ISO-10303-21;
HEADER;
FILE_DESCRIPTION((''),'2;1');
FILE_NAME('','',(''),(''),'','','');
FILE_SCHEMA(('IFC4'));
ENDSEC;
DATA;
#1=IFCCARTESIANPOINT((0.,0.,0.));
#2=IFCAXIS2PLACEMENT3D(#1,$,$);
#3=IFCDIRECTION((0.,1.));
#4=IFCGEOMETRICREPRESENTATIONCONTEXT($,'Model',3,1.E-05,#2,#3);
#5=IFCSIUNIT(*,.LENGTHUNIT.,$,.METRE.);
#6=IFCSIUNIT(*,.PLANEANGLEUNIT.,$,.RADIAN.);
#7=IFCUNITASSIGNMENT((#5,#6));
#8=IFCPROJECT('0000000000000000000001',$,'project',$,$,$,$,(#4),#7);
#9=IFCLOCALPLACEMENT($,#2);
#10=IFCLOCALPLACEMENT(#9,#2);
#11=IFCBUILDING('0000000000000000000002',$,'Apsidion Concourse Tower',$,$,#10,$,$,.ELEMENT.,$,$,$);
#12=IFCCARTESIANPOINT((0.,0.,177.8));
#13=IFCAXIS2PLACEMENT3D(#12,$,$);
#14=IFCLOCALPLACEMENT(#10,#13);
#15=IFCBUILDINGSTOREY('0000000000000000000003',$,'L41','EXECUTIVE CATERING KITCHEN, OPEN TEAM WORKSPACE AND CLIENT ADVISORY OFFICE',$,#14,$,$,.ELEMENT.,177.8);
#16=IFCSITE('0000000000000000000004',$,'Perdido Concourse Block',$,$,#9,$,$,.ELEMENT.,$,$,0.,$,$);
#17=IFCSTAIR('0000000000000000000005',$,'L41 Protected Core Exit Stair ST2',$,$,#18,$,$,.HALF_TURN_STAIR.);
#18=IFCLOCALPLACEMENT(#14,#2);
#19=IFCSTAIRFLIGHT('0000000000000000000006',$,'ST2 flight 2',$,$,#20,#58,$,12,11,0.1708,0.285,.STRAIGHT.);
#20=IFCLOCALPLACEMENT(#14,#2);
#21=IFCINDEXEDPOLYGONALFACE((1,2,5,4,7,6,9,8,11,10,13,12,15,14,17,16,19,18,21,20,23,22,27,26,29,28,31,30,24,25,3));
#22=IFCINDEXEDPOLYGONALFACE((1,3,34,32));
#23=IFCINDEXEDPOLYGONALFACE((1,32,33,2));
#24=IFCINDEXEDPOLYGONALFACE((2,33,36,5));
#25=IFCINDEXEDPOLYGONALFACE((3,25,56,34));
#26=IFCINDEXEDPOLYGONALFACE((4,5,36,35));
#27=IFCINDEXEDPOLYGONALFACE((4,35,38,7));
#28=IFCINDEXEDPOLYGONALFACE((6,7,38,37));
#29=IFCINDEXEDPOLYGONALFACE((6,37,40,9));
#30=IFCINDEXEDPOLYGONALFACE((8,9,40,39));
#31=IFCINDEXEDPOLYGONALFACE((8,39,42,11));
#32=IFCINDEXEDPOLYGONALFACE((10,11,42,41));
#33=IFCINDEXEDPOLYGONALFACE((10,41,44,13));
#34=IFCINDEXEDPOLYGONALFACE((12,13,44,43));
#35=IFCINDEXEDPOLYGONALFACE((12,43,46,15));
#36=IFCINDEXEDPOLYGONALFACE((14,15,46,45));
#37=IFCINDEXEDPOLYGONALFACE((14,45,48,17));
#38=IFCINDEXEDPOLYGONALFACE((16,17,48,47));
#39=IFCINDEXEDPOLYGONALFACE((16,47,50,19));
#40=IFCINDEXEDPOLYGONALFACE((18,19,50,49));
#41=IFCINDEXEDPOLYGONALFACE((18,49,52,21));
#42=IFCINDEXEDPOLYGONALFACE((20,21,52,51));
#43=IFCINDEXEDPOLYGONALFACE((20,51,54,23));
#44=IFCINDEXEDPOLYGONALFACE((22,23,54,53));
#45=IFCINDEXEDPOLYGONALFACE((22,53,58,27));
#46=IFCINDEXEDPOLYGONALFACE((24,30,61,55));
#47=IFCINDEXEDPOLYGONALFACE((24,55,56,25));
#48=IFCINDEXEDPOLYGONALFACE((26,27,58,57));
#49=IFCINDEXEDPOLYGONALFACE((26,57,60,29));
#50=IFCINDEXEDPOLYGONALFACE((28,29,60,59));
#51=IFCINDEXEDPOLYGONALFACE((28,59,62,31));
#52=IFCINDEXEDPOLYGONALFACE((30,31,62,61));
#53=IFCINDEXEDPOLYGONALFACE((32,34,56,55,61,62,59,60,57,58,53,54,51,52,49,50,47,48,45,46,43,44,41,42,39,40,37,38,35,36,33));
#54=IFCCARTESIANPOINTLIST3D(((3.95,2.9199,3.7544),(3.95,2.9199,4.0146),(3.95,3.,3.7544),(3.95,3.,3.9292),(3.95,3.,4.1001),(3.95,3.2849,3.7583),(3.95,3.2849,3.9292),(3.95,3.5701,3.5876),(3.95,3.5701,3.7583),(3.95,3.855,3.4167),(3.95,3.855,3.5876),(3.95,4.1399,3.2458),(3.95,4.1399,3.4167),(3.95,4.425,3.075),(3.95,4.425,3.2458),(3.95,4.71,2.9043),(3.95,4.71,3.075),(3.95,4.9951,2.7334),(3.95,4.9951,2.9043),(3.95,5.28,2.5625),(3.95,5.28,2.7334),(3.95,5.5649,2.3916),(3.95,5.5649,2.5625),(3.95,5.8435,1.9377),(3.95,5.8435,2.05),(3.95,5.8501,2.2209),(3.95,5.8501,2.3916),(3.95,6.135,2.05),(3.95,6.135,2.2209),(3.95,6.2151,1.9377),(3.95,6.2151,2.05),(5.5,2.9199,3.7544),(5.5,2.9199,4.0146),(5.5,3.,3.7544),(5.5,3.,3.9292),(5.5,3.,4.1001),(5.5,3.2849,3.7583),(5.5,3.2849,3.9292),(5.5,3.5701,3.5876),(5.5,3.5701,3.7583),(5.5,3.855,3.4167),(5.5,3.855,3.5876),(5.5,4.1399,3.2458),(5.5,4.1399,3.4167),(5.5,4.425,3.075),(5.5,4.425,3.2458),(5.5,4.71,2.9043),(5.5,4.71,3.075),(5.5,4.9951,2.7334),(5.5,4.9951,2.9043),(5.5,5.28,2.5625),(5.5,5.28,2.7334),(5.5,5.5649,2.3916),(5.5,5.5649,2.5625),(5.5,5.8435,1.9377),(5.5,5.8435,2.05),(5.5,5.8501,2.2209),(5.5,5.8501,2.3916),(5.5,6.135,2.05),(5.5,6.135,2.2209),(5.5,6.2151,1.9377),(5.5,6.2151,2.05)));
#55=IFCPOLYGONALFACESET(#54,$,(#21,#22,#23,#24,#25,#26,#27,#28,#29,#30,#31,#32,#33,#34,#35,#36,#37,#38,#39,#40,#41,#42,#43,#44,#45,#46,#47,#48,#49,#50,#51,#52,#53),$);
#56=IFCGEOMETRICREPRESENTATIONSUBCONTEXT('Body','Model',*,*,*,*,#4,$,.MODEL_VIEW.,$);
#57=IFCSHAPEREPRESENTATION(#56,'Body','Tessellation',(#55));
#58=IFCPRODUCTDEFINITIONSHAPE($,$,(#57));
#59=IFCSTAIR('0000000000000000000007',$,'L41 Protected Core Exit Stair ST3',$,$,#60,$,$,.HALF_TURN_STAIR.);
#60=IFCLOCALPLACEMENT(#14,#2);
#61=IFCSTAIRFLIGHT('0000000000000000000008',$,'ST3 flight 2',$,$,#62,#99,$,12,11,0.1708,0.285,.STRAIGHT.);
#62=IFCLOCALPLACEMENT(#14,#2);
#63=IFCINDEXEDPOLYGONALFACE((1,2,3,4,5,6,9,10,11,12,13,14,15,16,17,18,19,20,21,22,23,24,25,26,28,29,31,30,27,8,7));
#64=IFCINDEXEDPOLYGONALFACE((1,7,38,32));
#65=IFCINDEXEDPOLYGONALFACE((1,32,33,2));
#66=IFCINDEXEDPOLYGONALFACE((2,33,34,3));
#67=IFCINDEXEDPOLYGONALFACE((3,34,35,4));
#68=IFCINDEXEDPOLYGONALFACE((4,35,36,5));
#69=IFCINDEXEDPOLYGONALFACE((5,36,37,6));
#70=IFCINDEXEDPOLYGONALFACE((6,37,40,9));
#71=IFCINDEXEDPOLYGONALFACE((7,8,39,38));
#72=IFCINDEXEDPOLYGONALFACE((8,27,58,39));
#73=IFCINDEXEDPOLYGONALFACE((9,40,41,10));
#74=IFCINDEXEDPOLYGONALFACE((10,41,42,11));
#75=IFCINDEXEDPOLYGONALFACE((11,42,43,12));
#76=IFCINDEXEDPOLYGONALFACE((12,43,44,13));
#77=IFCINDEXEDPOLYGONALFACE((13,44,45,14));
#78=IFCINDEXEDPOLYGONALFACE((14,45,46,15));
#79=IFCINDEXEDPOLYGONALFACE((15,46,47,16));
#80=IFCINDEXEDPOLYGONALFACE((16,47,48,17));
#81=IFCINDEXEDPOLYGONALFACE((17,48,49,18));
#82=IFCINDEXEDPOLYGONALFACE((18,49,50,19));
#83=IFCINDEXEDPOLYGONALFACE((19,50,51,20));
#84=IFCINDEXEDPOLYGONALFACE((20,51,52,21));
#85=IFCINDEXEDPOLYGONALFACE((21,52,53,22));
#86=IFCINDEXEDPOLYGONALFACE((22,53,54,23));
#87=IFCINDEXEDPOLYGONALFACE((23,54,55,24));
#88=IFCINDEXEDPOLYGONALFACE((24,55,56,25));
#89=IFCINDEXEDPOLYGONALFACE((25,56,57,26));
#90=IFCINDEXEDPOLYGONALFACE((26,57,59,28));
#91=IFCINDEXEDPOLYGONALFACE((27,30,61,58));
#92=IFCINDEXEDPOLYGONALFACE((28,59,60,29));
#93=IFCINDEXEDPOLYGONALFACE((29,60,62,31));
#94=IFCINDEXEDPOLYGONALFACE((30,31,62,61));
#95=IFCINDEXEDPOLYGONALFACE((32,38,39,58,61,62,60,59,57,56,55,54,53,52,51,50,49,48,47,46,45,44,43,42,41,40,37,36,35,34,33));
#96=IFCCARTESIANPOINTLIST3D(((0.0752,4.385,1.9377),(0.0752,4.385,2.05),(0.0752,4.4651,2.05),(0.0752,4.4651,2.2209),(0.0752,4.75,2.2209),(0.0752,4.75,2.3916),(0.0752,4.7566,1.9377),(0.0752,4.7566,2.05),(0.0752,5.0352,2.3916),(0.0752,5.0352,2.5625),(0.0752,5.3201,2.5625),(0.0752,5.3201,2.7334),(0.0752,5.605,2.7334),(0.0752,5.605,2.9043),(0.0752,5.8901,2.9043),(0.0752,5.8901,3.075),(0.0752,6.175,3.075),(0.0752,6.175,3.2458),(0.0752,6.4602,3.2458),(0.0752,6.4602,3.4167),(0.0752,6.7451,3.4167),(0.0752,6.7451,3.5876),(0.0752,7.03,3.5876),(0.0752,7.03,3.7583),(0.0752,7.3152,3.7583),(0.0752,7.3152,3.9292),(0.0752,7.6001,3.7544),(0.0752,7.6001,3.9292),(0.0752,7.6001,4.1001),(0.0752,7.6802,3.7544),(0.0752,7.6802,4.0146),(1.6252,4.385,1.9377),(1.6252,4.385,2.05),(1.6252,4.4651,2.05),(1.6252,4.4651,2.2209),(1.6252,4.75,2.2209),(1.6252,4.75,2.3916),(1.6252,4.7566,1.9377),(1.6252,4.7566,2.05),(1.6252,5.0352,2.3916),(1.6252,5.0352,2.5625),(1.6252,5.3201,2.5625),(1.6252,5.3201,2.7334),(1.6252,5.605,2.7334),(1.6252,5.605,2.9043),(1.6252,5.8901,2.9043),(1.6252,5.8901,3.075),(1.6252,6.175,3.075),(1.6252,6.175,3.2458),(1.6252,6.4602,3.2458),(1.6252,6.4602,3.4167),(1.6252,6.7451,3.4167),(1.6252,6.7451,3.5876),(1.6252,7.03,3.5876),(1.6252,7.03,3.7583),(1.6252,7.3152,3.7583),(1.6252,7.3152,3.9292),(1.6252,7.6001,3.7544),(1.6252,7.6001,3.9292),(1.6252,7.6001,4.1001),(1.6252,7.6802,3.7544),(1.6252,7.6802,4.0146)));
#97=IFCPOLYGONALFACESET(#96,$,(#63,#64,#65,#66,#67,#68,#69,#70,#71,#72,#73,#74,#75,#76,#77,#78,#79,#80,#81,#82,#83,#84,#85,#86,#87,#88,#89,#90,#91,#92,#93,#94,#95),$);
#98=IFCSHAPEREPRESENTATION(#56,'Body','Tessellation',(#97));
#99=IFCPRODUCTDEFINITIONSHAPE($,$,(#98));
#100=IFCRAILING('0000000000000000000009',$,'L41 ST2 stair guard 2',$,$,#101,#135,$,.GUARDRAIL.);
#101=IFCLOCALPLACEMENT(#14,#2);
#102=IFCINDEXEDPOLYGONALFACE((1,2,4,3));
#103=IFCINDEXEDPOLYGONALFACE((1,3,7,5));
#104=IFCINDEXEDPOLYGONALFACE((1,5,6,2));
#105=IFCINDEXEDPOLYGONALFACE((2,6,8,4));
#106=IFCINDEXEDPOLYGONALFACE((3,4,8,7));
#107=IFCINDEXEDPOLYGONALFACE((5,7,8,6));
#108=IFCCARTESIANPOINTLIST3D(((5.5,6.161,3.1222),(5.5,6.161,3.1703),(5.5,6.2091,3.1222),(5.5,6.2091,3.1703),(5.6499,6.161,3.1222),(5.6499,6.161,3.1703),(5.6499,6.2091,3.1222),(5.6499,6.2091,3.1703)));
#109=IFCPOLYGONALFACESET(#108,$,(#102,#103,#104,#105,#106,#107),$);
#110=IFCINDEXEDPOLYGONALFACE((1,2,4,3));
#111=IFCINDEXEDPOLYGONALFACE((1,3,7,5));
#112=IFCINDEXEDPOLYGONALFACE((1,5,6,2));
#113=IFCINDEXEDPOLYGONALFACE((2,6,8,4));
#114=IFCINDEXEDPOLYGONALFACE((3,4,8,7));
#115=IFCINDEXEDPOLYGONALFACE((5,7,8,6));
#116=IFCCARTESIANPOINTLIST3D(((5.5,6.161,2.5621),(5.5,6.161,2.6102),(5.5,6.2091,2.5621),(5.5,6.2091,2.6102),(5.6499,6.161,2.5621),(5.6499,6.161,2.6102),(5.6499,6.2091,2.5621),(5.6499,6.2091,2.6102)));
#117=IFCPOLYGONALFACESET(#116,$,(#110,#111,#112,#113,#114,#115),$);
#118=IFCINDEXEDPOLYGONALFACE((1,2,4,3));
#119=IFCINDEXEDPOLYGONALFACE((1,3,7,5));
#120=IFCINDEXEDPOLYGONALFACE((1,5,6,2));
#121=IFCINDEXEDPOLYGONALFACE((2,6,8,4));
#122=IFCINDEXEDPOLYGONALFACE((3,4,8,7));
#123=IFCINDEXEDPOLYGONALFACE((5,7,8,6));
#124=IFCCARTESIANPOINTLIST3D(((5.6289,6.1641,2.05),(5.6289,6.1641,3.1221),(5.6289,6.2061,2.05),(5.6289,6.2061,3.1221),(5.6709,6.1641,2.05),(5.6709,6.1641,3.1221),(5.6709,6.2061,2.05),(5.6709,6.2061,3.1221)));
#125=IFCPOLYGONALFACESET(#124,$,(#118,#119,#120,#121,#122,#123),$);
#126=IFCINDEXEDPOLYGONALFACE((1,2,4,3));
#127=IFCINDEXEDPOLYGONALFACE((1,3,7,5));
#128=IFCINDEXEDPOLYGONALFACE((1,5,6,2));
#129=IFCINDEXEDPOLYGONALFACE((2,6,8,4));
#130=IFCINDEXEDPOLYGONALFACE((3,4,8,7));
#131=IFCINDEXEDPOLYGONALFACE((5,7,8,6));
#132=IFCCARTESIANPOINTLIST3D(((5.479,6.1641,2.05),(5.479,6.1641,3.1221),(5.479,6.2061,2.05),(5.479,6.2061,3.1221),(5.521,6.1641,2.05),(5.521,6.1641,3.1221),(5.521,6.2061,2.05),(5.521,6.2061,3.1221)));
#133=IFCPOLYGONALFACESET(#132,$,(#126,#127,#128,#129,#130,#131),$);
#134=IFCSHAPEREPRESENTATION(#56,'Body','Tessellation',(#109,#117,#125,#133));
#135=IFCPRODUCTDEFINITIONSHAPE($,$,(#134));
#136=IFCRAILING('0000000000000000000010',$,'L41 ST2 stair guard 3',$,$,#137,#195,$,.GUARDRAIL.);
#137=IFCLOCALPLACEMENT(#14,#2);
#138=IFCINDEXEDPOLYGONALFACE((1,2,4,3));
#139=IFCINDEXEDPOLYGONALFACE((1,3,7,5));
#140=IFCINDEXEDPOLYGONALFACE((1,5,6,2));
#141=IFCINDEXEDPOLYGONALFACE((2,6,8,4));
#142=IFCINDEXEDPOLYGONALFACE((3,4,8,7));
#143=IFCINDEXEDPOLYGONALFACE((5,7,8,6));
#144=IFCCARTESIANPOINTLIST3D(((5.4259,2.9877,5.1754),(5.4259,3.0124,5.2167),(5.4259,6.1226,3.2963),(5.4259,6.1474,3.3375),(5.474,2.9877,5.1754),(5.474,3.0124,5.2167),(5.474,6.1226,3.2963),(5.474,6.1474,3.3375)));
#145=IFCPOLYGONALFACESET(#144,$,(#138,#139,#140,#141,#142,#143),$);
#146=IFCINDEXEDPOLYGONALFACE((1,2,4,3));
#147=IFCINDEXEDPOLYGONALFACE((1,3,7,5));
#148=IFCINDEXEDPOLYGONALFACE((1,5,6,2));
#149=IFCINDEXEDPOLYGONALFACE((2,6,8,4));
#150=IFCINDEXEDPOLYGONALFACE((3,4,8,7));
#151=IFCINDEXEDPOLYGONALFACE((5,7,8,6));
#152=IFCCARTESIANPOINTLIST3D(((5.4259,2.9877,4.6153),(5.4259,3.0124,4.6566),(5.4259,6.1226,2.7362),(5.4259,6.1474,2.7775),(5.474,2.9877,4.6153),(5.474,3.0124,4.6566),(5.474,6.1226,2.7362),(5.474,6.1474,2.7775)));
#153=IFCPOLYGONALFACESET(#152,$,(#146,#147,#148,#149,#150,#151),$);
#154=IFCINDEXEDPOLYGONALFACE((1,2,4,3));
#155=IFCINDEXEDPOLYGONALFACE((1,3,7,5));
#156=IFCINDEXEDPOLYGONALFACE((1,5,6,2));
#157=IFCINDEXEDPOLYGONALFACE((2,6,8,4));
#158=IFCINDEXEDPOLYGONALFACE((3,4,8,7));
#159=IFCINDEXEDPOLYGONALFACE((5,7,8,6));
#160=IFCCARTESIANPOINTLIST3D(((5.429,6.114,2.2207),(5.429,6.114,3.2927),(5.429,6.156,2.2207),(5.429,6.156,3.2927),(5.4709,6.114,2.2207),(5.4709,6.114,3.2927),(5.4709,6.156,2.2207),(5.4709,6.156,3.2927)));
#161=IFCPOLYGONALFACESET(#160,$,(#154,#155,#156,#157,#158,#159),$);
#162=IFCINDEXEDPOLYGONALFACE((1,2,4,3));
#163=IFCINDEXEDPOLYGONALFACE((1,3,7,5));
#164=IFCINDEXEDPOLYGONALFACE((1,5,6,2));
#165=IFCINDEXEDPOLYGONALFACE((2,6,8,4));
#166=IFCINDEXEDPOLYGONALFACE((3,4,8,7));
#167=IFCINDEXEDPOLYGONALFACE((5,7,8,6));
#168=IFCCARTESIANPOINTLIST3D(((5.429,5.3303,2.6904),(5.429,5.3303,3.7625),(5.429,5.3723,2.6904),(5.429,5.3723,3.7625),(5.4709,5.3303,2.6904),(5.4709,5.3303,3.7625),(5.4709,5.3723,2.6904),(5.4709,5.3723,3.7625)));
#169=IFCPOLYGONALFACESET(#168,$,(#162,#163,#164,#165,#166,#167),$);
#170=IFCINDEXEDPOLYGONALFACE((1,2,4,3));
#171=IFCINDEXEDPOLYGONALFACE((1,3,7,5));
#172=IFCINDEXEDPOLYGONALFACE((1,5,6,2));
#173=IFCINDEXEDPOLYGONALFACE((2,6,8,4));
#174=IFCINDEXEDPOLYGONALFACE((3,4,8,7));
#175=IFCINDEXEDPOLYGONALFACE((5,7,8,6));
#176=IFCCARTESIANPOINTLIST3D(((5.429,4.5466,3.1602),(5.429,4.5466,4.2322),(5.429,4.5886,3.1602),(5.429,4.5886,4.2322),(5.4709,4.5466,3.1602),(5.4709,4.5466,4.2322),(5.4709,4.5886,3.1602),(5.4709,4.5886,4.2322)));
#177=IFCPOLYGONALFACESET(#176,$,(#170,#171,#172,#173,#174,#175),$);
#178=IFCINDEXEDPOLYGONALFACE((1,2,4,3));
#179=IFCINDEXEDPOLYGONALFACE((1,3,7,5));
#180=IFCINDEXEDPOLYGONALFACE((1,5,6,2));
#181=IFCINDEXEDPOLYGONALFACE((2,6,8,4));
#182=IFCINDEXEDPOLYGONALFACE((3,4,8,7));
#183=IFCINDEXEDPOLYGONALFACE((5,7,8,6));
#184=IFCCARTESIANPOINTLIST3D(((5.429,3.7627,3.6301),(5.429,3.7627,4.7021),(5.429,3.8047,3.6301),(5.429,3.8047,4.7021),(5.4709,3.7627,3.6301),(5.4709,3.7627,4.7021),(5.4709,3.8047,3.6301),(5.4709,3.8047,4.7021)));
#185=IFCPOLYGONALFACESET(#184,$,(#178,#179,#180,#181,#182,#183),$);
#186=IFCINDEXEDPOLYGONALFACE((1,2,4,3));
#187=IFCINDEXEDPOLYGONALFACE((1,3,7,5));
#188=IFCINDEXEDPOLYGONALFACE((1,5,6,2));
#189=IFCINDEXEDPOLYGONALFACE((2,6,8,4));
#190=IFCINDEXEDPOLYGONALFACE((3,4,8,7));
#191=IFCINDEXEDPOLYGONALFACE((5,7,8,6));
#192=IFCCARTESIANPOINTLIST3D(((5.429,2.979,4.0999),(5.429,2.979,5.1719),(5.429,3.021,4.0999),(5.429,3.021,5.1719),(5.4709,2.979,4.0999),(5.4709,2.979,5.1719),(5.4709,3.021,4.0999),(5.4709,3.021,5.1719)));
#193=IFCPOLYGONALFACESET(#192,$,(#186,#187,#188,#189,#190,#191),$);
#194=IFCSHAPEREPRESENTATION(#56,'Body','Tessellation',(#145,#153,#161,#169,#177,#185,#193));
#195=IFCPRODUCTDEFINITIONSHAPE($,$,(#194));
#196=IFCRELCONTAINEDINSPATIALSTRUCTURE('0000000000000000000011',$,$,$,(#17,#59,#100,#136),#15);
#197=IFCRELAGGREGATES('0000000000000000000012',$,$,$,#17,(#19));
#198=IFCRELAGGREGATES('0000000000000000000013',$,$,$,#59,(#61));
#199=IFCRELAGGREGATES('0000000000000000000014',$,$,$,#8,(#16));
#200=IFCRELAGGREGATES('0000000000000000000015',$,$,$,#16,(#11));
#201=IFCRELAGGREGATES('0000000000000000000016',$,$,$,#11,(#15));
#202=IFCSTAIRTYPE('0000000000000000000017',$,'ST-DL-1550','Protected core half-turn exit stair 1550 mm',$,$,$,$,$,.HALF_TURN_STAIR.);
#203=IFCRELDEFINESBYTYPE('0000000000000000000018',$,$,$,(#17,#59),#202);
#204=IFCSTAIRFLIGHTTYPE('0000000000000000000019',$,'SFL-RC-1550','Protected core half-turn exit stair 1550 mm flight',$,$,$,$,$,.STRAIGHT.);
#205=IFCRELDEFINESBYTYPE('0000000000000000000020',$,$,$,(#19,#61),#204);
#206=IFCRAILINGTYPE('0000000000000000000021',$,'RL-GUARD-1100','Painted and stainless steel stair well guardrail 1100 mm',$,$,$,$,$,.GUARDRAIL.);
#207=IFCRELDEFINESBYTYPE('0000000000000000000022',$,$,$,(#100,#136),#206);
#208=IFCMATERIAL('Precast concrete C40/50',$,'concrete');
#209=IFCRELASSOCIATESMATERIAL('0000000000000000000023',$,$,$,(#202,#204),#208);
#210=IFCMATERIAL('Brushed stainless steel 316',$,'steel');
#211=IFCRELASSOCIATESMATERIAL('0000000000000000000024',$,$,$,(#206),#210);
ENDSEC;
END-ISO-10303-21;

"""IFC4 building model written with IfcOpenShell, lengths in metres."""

from ifc_helpers import new_model, si_unit, direction, frame, origin, origin_2d, place, context, subcontext, project, spatial, polyline, rectangle, outline, extrude, material, type_object, element, aggregate, save


model = new_model("IFC4")

# Units and contexts
model_context = context("Model", 3, precision=1e-05, world=origin(), true_north=direction((0.0, 1.0)))
body_context = subcontext(model_context, "Body", "Model", "MODEL_VIEW")
ifc_project = project(units=[si_unit("LENGTHUNIT", "METRE"), si_unit("PLANEANGLEUNIT", "RADIAN")], contexts=[model_context])

# Site, building, storey
site_placement = place(None, origin())
site = spatial("IfcSite", under=ifc_project, at=site_placement, Name="Perdido Concourse Block", CompositionType="ELEMENT", RefElevation=0.0)
building_placement = place(site_placement, origin())
building = spatial("IfcBuilding", under=site, at=building_placement, Name="Apsidion Concourse Tower", CompositionType="ELEMENT")
storey_placement = place(building_placement, frame((0.0, 0.0, 177.8)))
storey = spatial("IfcBuildingStorey", under=building, at=storey_placement, Name="L41", Description="EXECUTIVE CATERING KITCHEN, OPEN TEAM WORKSPACE AND CLIENT ADVISORY OFFICE", CompositionType="ELEMENT", Elevation=177.8)

# Stairs, stair flights
ifc_material_1 = material(Name="Precast concrete C40/50", Category="concrete")
stair_type = type_object("IfcStairType", Name="ST-DL-1550", Description="Protected core half-turn exit stair 1550 mm", PredefinedType="HALF_TURN_STAIR", material=ifc_material_1)
stair_1_placement = place(storey_placement, origin())
stair_1 = element("IfcStair", 1, at=stair_1_placement, inside=storey, type_object=stair_type, Name="L41 Protected Core Exit Stair ST2", PredefinedType="HALF_TURN_STAIR")
stair_flight_type = type_object("IfcStairFlightType", Name="SFL-RC-1550", Description="Protected core half-turn exit stair 1550 mm flight", PredefinedType="STRAIGHT", material=ifc_material_1)
stair_flight_1_placement = place(storey_placement, frame((4.7251, 6.135, 2.05), z_axis=(0.0, 0.0, 1.0), x_axis=(0.0, -1.0, 0.0)))
stair_flight_1 = element("IfcStairFlight", 2, at=stair_flight_1_placement, type_object=stair_flight_type, Name="ST2 flight 2", NumberOfRisers=12, NumberOfTreads=11, PredefinedType="STRAIGHT", RiserHeight=0.1708, TreadLength=0.285, context=body_context, shape_type="SweptSolid", body=[
    extrude(outline(polyline([(-0.0801, -0.1123), (-0.0801, 0.0), (0.0, 0.0), (0.0, 0.1709), (0.2849, 0.1709), (0.2849, 0.3416), (0.5701, 0.3416), (0.5701, 0.5125), (0.855, 0.5125), (0.855, 0.6833), (1.1399, 0.6833), (1.1399, 0.8542), (1.425, 0.8542), (1.425, 1.0249), (1.71, 1.0249), (1.71, 1.1958), (1.9951, 1.1958), (1.9951, 1.3667), (2.28, 1.3667), (2.28, 1.5376), (2.5649, 1.5376), (2.5649, 1.7083), (2.8501, 1.7083), (2.8501, 1.8792), (3.135, 1.8792), (3.135, 2.05), (3.2151, 1.9646), (3.2151, 1.7043), (3.135, 1.7043), (0.2915, 0.0), (0.2915, -0.1123), (-0.0801, -0.1123)])), frame((0.0, 0.7749, 0.0), z_axis=(0.0, -1.0, 0.0), x_axis=(1.0, 0.0, 0.0)), (0.0, 0.0, 1.0), 1.55),
])
aggregate(stair_1, [stair_flight_1])
stair_2_placement = place(storey_placement, origin())
stair_2 = element("IfcStair", 3, at=stair_2_placement, inside=storey, type_object=stair_type, Name="L41 Protected Core Exit Stair ST3", PredefinedType="HALF_TURN_STAIR")
stair_flight_2_placement = place(storey_placement, frame((0.8501, 4.4651, 2.05), z_axis=(0.0, 0.0, 1.0), x_axis=(0.0, 1.0, 0.0)))
stair_flight_2 = element("IfcStairFlight", 4, at=stair_flight_2_placement, type_object=stair_flight_type, Name="ST3 flight 2", NumberOfRisers=12, NumberOfTreads=11, PredefinedType="STRAIGHT", RiserHeight=0.1708, TreadLength=0.285, context=body_context, shape_type="SweptSolid", body=[
    extrude(outline(polyline([(-0.0801, -0.1123), (-0.0801, 0.0), (0.0, 0.0), (0.0, 0.1709), (0.2849, 0.1709), (0.2849, 0.3416), (0.5701, 0.3416), (0.5701, 0.5125), (0.855, 0.5125), (0.855, 0.6833), (1.1399, 0.6833), (1.1399, 0.8542), (1.425, 0.8542), (1.425, 1.0249), (1.71, 1.0249), (1.71, 1.1958), (1.9951, 1.1958), (1.9951, 1.3667), (2.28, 1.3667), (2.28, 1.5376), (2.5649, 1.5376), (2.5649, 1.7083), (2.8501, 1.7083), (2.8501, 1.8792), (3.135, 1.8792), (3.135, 2.05), (3.2151, 1.9646), (3.2151, 1.7043), (3.135, 1.7043), (0.2915, 0.0), (0.2915, -0.1123), (-0.0801, -0.1123)])), frame((0.0, 0.7749, 0.0), z_axis=(0.0, -1.0, 0.0), x_axis=(1.0, 0.0, 0.0)), (0.0, 0.0, 1.0), 1.55),
])
aggregate(stair_2, [stair_flight_2])

# Railings
ifc_material_2 = material(Name="Brushed stainless steel 316", Category="steel")
railing_type_1 = type_object("IfcRailingType", Name="RL-GUARD-1100", Description="Painted and stainless steel stair well guardrail 1100 mm", PredefinedType="GUARDRAIL", material=ifc_material_2)
railing_1_placement = place(storey_placement, frame((5.6499, 6.1851, 2.05)))
element("IfcRailing", 5, at=railing_1_placement, inside=storey, type_object=railing_type_1, Name="L41 ST2 stair guard 2", PredefinedType="GUARDRAIL", context=body_context, shape_type="SweptSolid", body=[
    extrude(rectangle(XDim=0.0481, YDim=0.0481, at=origin_2d()), frame((0.0, 0.0, 1.0962), z_axis=(-1.0, 0.0, 0.0), x_axis=(0.0, -1.0, 0.0)), (0.0, 0.0, 1.0), 0.1499),
    extrude(rectangle(XDim=0.0481, YDim=0.0481, at=origin_2d()), frame((0.0, 0.0, 0.5361), z_axis=(-1.0, 0.0, 0.0), x_axis=(0.0, -1.0, 0.0)), (0.0, 0.0, 1.0), 0.1499),
    extrude(rectangle(XDim=0.042, YDim=0.042, at=origin_2d()), origin(), (0.0, 0.0, 1.0), 1.072),
    extrude(rectangle(XDim=0.042, YDim=0.042, at=origin_2d()), frame((-0.1499, 0.0, 0.0)), (0.0, 0.0, 1.0), 1.072),
])
railing_2_placement = place(storey_placement, frame((5.45, 6.135, 2.2207)))
element("IfcRailing", 6, at=railing_2_placement, inside=storey, type_object=railing_type_1, Name="L41 ST2 stair guard 3", PredefinedType="GUARDRAIL", context=body_context, shape_type="SweptSolid", body=[
    extrude(rectangle(XDim=0.0481, YDim=0.0481, at=origin_2d()), frame((0.0, 0.0, 1.0962), z_axis=(0.0, -0.857717, 0.514122), x_axis=(1.0, 0.0, 0.0)), (0.0, 0.0, 1.0), 3.655),
    extrude(rectangle(XDim=0.0481, YDim=0.0481, at=origin_2d()), frame((0.0, 0.0, 0.5361), z_axis=(0.0, -0.857717, 0.514122), x_axis=(1.0, 0.0, 0.0)), (0.0, 0.0, 1.0), 3.655),
    extrude(rectangle(XDim=0.042, YDim=0.042, at=origin_2d()), origin(), (0.0, 0.0, 1.0), 1.072),
    extrude(rectangle(XDim=0.042, YDim=0.042, at=origin_2d()), frame((0.0, -0.7837, 0.4697)), (0.0, 0.0, 1.0), 1.072),
    extrude(rectangle(XDim=0.042, YDim=0.042, at=origin_2d()), frame((0.0, -1.5674, 0.9395)), (0.0, 0.0, 1.0), 1.072),
    extrude(rectangle(XDim=0.042, YDim=0.042, at=origin_2d()), frame((0.0, -2.3513, 1.4094)), (0.0, 0.0, 1.0), 1.072),
    extrude(rectangle(XDim=0.042, YDim=0.042, at=origin_2d()), frame((0.0, -3.135, 1.8792)), (0.0, 0.0, 1.0), 1.072),
])

save(model, "model.ifc")
